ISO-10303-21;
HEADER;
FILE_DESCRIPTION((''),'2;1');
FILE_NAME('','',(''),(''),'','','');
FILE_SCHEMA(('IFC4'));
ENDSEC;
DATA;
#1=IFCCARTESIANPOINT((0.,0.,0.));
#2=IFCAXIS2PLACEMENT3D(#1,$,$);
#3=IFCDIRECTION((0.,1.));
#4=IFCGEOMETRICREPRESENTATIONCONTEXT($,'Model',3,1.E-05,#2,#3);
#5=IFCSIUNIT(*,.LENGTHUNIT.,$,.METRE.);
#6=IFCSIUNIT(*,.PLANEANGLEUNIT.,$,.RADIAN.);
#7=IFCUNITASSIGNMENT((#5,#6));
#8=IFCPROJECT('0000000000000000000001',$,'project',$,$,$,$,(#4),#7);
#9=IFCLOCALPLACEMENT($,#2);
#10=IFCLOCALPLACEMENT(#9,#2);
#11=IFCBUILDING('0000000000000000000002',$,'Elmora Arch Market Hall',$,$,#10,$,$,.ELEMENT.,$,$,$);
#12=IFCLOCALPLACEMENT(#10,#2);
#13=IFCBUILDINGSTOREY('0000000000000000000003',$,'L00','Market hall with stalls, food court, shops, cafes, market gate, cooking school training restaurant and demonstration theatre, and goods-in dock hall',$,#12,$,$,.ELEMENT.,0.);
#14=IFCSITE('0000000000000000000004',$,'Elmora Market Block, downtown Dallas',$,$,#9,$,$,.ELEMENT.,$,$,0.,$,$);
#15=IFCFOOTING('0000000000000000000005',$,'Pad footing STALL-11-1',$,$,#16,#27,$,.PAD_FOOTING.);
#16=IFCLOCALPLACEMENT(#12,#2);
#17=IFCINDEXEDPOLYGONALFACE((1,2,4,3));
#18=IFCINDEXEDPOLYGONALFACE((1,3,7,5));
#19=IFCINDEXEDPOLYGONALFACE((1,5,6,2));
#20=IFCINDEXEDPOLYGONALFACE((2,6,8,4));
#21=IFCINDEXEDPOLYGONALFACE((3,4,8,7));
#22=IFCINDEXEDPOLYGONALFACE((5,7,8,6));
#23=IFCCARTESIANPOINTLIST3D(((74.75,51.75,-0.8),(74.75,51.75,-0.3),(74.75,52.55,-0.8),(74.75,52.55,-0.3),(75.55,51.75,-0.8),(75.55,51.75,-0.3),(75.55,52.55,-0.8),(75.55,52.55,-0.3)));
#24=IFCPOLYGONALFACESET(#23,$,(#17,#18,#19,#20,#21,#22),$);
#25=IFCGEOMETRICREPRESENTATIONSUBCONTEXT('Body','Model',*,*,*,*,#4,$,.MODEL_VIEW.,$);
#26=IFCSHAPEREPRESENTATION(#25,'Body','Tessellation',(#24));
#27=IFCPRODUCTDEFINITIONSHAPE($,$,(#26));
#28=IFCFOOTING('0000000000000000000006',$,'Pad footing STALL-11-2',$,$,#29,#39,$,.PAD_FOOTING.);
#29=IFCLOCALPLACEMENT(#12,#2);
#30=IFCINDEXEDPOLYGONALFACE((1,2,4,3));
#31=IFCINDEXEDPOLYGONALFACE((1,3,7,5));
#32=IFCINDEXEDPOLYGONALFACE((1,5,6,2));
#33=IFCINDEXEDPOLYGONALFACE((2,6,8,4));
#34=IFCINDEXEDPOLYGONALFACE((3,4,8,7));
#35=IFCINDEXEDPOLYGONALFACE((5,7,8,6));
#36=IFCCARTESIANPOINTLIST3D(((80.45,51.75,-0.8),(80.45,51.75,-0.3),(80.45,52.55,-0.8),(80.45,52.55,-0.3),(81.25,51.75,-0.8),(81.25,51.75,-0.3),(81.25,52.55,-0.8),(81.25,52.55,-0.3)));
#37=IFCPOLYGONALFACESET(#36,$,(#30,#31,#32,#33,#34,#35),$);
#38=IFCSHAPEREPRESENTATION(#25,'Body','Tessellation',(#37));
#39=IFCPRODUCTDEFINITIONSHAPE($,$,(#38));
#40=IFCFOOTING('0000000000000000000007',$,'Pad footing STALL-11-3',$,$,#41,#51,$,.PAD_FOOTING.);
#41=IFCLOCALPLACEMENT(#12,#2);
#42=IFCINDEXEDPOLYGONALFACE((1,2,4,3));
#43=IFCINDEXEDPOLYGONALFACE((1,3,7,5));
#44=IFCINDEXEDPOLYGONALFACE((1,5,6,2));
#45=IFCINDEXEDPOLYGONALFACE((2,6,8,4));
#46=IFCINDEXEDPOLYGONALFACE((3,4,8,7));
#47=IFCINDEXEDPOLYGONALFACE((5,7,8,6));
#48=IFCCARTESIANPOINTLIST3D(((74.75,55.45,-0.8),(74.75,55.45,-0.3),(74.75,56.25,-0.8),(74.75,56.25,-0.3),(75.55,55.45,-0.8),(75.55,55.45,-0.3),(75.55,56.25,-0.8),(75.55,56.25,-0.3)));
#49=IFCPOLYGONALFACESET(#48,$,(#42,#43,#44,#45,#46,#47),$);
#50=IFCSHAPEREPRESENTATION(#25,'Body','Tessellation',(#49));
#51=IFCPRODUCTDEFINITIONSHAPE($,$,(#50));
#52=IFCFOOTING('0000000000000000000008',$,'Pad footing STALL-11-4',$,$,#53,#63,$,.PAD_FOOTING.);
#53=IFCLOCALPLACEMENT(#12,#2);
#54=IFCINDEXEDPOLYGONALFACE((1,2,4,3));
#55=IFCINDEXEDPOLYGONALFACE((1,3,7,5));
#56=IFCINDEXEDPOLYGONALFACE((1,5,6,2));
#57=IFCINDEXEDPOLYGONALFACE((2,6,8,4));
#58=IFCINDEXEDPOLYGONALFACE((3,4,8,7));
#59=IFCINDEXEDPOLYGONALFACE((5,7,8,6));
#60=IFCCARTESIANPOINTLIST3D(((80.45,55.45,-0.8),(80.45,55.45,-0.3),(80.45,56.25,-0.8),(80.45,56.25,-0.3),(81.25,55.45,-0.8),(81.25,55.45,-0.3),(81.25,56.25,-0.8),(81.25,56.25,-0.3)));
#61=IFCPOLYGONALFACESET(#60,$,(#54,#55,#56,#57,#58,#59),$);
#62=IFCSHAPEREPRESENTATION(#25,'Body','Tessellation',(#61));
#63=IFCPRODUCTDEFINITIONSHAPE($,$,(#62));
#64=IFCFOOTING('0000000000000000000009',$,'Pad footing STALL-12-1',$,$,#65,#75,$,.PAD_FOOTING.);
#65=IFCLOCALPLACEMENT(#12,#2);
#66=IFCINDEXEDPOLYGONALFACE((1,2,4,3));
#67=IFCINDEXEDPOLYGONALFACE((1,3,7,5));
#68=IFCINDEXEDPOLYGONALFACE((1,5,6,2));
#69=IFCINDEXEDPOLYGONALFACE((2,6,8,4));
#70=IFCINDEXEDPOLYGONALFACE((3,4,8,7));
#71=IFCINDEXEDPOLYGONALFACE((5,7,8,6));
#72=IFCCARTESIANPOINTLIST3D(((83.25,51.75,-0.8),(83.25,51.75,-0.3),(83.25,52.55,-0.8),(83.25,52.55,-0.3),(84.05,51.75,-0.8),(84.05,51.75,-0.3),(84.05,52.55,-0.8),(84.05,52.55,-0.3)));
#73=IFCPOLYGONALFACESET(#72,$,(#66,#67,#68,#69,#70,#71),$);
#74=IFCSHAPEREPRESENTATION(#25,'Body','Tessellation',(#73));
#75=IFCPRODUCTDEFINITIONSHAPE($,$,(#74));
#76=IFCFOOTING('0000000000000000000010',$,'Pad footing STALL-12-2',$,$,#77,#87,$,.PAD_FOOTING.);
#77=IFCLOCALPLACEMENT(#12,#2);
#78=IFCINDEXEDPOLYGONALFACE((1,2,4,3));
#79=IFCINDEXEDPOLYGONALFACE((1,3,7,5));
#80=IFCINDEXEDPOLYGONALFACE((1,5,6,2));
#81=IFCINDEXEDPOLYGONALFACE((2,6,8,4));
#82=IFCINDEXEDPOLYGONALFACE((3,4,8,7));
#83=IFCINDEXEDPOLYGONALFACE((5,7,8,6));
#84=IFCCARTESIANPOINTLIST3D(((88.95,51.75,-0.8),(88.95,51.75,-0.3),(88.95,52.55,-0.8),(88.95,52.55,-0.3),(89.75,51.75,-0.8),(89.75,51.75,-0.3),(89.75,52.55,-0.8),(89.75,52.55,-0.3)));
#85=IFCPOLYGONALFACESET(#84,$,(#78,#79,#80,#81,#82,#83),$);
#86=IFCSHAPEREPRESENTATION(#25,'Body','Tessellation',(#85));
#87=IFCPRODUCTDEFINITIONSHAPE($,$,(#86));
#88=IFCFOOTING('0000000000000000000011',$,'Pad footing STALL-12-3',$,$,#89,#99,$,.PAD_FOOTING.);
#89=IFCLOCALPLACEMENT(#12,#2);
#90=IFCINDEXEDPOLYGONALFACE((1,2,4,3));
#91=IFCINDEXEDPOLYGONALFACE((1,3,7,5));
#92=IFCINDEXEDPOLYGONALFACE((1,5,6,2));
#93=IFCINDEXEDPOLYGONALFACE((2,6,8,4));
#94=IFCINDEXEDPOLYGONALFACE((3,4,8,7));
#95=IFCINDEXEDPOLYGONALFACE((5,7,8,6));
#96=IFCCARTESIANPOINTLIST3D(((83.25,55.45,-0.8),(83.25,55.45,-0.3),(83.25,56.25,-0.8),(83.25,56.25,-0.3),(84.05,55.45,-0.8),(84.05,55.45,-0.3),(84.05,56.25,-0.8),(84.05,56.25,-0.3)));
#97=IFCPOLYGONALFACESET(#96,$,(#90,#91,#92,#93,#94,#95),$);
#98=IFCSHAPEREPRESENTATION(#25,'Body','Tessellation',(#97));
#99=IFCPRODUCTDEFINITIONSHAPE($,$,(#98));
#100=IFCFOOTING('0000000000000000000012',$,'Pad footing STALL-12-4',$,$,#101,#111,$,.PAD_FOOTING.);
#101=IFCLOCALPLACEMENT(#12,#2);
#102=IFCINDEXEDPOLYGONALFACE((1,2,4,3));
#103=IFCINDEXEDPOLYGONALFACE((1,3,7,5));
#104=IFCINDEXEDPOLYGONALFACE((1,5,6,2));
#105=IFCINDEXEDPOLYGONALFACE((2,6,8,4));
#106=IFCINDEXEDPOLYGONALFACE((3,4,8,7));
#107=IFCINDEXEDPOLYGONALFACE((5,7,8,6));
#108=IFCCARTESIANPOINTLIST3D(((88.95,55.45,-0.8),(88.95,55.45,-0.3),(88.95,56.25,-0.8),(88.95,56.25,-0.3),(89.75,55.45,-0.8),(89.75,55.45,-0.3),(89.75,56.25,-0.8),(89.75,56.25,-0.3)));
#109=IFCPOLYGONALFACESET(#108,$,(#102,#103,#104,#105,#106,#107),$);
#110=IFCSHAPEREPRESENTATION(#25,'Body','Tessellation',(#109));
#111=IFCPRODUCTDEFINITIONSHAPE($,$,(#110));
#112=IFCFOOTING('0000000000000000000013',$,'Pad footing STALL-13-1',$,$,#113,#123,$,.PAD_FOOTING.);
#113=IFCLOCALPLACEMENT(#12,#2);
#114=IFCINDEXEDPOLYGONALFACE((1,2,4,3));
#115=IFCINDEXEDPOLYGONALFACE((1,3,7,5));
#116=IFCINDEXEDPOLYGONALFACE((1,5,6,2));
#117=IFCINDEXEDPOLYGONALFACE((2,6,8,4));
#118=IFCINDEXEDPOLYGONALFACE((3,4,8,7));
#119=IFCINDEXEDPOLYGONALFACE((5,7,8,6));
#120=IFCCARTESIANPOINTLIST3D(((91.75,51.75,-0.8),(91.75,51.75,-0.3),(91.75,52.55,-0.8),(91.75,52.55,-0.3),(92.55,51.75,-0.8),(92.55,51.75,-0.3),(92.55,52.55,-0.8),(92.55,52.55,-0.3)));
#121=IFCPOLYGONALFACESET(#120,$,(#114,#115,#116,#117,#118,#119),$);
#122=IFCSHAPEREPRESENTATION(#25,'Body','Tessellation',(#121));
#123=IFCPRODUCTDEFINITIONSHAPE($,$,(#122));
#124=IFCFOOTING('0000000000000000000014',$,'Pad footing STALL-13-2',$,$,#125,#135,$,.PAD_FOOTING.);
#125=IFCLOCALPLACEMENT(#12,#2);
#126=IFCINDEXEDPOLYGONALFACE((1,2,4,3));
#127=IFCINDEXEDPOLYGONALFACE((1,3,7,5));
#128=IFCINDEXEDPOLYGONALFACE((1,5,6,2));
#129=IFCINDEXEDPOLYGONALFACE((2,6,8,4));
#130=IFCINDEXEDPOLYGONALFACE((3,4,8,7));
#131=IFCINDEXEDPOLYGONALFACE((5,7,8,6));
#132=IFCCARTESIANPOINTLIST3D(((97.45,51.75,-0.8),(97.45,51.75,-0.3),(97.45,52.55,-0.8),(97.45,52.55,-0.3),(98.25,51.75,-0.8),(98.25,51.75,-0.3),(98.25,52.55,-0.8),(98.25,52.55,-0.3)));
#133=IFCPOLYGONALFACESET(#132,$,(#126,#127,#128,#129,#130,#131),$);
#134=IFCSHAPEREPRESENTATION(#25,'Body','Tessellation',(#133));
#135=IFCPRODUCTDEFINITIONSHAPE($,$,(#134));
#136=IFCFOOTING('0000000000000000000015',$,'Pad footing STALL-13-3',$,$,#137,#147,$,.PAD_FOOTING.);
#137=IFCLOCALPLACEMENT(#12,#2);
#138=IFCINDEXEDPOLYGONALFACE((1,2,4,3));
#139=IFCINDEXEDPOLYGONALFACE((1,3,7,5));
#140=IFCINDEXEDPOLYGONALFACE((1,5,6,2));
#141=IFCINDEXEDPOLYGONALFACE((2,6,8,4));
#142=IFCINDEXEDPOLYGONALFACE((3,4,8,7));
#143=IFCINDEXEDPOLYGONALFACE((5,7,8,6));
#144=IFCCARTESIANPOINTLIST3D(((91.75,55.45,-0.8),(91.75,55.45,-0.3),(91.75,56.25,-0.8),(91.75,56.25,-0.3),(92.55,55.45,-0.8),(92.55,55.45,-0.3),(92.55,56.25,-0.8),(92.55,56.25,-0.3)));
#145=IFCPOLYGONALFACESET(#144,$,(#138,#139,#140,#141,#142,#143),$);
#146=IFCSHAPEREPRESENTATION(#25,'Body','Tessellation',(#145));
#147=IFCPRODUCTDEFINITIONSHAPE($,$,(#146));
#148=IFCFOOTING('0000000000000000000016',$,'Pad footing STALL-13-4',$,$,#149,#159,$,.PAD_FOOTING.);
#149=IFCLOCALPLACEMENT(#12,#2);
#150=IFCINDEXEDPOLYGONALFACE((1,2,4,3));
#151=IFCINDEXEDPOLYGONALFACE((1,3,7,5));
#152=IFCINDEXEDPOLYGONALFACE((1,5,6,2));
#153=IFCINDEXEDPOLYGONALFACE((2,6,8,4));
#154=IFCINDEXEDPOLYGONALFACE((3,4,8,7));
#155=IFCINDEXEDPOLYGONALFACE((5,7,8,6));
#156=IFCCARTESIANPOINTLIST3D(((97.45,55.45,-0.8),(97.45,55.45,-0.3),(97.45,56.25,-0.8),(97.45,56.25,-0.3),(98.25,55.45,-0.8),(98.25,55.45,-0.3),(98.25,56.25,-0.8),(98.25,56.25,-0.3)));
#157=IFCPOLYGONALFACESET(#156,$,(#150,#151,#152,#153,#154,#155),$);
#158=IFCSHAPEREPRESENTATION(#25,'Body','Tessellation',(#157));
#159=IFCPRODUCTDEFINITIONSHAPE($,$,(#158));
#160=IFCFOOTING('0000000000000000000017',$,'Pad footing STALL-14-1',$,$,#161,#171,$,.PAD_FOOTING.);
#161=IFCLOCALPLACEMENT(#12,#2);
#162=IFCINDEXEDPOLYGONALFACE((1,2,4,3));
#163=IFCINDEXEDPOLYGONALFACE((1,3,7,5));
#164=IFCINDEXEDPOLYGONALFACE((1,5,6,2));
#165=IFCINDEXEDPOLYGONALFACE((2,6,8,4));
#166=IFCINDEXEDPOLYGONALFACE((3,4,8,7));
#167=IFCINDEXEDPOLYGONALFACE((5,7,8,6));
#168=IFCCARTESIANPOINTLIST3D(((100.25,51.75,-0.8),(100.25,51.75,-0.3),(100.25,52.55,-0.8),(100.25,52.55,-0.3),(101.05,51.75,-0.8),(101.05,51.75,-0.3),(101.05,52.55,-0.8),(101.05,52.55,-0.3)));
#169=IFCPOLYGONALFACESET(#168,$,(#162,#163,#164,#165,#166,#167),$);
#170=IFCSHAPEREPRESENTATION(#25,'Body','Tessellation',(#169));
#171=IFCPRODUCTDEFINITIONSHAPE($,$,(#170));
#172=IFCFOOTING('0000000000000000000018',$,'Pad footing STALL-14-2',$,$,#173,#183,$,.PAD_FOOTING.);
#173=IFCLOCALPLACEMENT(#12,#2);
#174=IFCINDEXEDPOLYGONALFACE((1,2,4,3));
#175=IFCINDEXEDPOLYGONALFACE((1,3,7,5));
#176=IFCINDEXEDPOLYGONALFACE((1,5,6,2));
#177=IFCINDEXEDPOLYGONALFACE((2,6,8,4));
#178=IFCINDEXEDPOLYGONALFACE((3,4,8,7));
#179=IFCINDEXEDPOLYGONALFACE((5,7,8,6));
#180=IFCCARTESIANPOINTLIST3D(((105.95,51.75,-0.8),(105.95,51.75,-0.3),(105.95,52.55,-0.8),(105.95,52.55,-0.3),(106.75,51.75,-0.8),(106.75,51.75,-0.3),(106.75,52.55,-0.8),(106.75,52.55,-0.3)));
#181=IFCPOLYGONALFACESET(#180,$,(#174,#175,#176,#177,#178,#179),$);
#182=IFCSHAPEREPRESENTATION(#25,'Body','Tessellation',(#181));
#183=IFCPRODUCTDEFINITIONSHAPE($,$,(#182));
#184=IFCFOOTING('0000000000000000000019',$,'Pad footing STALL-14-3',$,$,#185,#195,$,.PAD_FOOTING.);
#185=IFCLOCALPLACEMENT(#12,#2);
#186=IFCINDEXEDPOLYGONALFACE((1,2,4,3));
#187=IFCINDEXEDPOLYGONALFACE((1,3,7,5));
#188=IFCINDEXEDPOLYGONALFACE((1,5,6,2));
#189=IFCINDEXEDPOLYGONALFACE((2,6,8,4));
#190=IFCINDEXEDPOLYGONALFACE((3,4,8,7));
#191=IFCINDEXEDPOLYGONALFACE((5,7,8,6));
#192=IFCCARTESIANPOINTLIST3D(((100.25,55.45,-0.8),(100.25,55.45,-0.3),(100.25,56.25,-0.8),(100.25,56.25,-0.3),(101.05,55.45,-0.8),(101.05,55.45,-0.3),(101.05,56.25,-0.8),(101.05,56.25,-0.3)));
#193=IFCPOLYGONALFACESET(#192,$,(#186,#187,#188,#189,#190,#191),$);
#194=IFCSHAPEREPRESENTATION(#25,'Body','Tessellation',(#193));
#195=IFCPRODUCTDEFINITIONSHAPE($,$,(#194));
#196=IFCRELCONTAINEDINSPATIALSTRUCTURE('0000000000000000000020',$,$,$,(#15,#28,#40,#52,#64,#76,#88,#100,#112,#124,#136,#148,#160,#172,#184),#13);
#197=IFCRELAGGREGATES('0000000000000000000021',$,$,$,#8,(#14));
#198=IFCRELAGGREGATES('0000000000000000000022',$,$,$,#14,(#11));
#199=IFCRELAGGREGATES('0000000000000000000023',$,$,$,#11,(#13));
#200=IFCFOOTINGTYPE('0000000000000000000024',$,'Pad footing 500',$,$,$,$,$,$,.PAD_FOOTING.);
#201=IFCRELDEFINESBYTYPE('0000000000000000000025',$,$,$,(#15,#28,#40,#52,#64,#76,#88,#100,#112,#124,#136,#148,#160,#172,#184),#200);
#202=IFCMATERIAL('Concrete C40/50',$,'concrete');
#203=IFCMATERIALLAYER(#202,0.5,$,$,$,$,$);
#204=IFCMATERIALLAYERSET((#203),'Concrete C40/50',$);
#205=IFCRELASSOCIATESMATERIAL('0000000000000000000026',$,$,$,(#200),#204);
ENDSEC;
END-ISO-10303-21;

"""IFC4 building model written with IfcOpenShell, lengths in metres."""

from ifc_helpers import new_model, si_unit, direction, frame, origin, place, context, subcontext, project, spatial, polyline, outline, extrude, material, layer, layer_set, type_object, element, save


model = new_model("IFC4")

# Units and contexts
model_context = context("Model", 3, precision=1e-05, world=origin(), true_north=direction((0.0, 1.0)))
body_context = subcontext(model_context, "Body", "Model", "MODEL_VIEW")
ifc_project = project(units=[si_unit("LENGTHUNIT", "METRE"), si_unit("PLANEANGLEUNIT", "RADIAN")], contexts=[model_context])

# Site, building, storey
site_placement = place(None, origin())
site = spatial("IfcSite", under=ifc_project, at=site_placement, Name="Elmora Market Block, downtown Dallas", CompositionType="ELEMENT", RefElevation=0.0)
building_placement = place(site_placement, origin())
building = spatial("IfcBuilding", under=site, at=building_placement, Name="Elmora Arch Market Hall", CompositionType="ELEMENT")
storey_placement = place(building_placement, origin())
storey = spatial("IfcBuildingStorey", under=building, at=storey_placement, Name="L00", Description="Market hall with stalls, food court, shops, cafes, market gate, cooking school training restaurant and demonstration theatre, and goods-in dock hall", CompositionType="ELEMENT", Elevation=0.0)

# Footings
ifc_material_1 = material(Name="Concrete C40/50", Category="concrete")
ifc_layer_1 = layer(ifc_material_1, 0.5)
ifc_layer_set_1 = layer_set([ifc_layer_1], Name="Concrete C40/50")
footing_type_1 = type_object("IfcFootingType", Name="Pad footing 500", PredefinedType="PAD_FOOTING", material=ifc_layer_set_1)
footing_1_placement = place(storey_placement, frame((0.0, 0.0, -0.8)))
element("IfcFooting", 1, at=footing_1_placement, inside=storey, type_object=footing_type_1, Name="Pad footing STALL-11-1", PredefinedType="PAD_FOOTING", context=body_context, shape_type="SweptSolid", body=[
    extrude(outline(polyline([(74.75, 51.75), (75.55, 51.75), (75.55, 52.55), (74.75, 52.55), (74.75, 51.75)])), origin(), (0.0, 0.0, 1.0), 0.5),
])
footing_2_placement = place(storey_placement, frame((0.0, 0.0, -0.8)))
element("IfcFooting", 2, at=footing_2_placement, inside=storey, type_object=footing_type_1, Name="Pad footing STALL-11-2", PredefinedType="PAD_FOOTING", context=body_context, shape_type="SweptSolid", body=[
    extrude(outline(polyline([(80.45, 51.75), (81.25, 51.75), (81.25, 52.55), (80.45, 52.55), (80.45, 51.75)])), origin(), (0.0, 0.0, 1.0), 0.5),
])
footing_3_placement = place(storey_placement, frame((0.0, 0.0, -0.8)))
element("IfcFooting", 3, at=footing_3_placement, inside=storey, type_object=footing_type_1, Name="Pad footing STALL-11-3", PredefinedType="PAD_FOOTING", context=body_context, shape_type="SweptSolid", body=[
    extrude(outline(polyline([(74.75, 55.45), (75.55, 55.45), (75.55, 56.25), (74.75, 56.25), (74.75, 55.45)])), origin(), (0.0, 0.0, 1.0), 0.5),
])
footing_4_placement = place(storey_placement, frame((0.0, 0.0, -0.8)))
element("IfcFooting", 4, at=footing_4_placement, inside=storey, type_object=footing_type_1, Name="Pad footing STALL-11-4", PredefinedType="PAD_FOOTING", context=body_context, shape_type="SweptSolid", body=[
    extrude(outline(polyline([(80.45, 55.45), (81.25, 55.45), (81.25, 56.25), (80.45, 56.25), (80.45, 55.45)])), origin(), (0.0, 0.0, 1.0), 0.5),
])
footing_5_placement = place(storey_placement, frame((0.0, 0.0, -0.8)))
element("IfcFooting", 5, at=footing_5_placement, inside=storey, type_object=footing_type_1, Name="Pad footing STALL-12-1", PredefinedType="PAD_FOOTING", context=body_context, shape_type="SweptSolid", body=[
    extrude(outline(polyline([(83.25, 51.75), (84.05, 51.75), (84.05, 52.55), (83.25, 52.55), (83.25, 51.75)])), origin(), (0.0, 0.0, 1.0), 0.5),
])
footing_6_placement = place(storey_placement, frame((0.0, 0.0, -0.8)))
element("IfcFooting", 6, at=footing_6_placement, inside=storey, type_object=footing_type_1, Name="Pad footing STALL-12-2", PredefinedType="PAD_FOOTING", context=body_context, shape_type="SweptSolid", body=[
    extrude(outline(polyline([(88.95, 51.75), (89.75, 51.75), (89.75, 52.55), (88.95, 52.55), (88.95, 51.75)])), origin(), (0.0, 0.0, 1.0), 0.5),
])
footing_7_placement = place(storey_placement, frame((0.0, 0.0, -0.8)))
element("IfcFooting", 7, at=footing_7_placement, inside=storey, type_object=footing_type_1, Name="Pad footing STALL-12-3", PredefinedType="PAD_FOOTING", context=body_context, shape_type="SweptSolid", body=[
    extrude(outline(polyline([(83.25, 55.45), (84.05, 55.45), (84.05, 56.25), (83.25, 56.25), (83.25, 55.45)])), origin(), (0.0, 0.0, 1.0), 0.5),
])
footing_8_placement = place(storey_placement, frame((0.0, 0.0, -0.8)))
element("IfcFooting", 8, at=footing_8_placement, inside=storey, type_object=footing_type_1, Name="Pad footing STALL-12-4", PredefinedType="PAD_FOOTING", context=body_context, shape_type="SweptSolid", body=[
    extrude(outline(polyline([(88.95, 55.45), (89.75, 55.45), (89.75, 56.25), (88.95, 56.25), (88.95, 55.45)])), origin(), (0.0, 0.0, 1.0), 0.5),
])
footing_9_placement = place(storey_placement, frame((0.0, 0.0, -0.8)))
element("IfcFooting", 9, at=footing_9_placement, inside=storey, type_object=footing_type_1, Name="Pad footing STALL-13-1", PredefinedType="PAD_FOOTING", context=body_context, shape_type="SweptSolid", body=[
    extrude(outline(polyline([(91.75, 51.75), (92.55, 51.75), (92.55, 52.55), (91.75, 52.55), (91.75, 51.75)])), origin(), (0.0, 0.0, 1.0), 0.5),
])
footing_10_placement = place(storey_placement, frame((0.0, 0.0, -0.8)))
element("IfcFooting", 10, at=footing_10_placement, inside=storey, type_object=footing_type_1, Name="Pad footing STALL-13-2", PredefinedType="PAD_FOOTING", context=body_context, shape_type="SweptSolid", body=[
    extrude(outline(polyline([(97.45, 51.75), (98.25, 51.75), (98.25, 52.55), (97.45, 52.55), (97.45, 51.75)])), origin(), (0.0, 0.0, 1.0), 0.5),
])
footing_11_placement = place(storey_placement, frame((0.0, 0.0, -0.8)))
element("IfcFooting", 11, at=footing_11_placement, inside=storey, type_object=footing_type_1, Name="Pad footing STALL-13-3", PredefinedType="PAD_FOOTING", context=body_context, shape_type="SweptSolid", body=[
    extrude(outline(polyline([(91.75, 55.45), (92.55, 55.45), (92.55, 56.25), (91.75, 56.25), (91.75, 55.45)])), origin(), (0.0, 0.0, 1.0), 0.5),
])
footing_12_placement = place(storey_placement, frame((0.0, 0.0, -0.8)))
element("IfcFooting", 12, at=footing_12_placement, inside=storey, type_object=footing_type_1, Name="Pad footing STALL-13-4", PredefinedType="PAD_FOOTING", context=body_context, shape_type="SweptSolid", body=[
    extrude(outline(polyline([(97.45, 55.45), (98.25, 55.45), (98.25, 56.25), (97.45, 56.25), (97.45, 55.45)])), origin(), (0.0, 0.0, 1.0), 0.5),
])
footing_13_placement = place(storey_placement, frame((0.0, 0.0, -0.8)))
element("IfcFooting", 13, at=footing_13_placement, inside=storey, type_object=footing_type_1, Name="Pad footing STALL-14-1", PredefinedType="PAD_FOOTING", context=body_context, shape_type="SweptSolid", body=[
    extrude(outline(polyline([(100.25, 51.75), (101.05, 51.75), (101.05, 52.55), (100.25, 52.55), (100.25, 51.75)])), origin(), (0.0, 0.0, 1.0), 0.5),
])
footing_14_placement = place(storey_placement, frame((0.0, 0.0, -0.8)))
element("IfcFooting", 14, at=footing_14_placement, inside=storey, type_object=footing_type_1, Name="Pad footing STALL-14-2", PredefinedType="PAD_FOOTING", context=body_context, shape_type="SweptSolid", body=[
    extrude(outline(polyline([(105.95, 51.75), (106.75, 51.75), (106.75, 52.55), (105.95, 52.55), (105.95, 51.75)])), origin(), (0.0, 0.0, 1.0), 0.5),
])
footing_15_placement = place(storey_placement, frame((0.0, 0.0, -0.8)))
element("IfcFooting", 15, at=footing_15_placement, inside=storey, type_object=footing_type_1, Name="Pad footing STALL-14-3", PredefinedType="PAD_FOOTING", context=body_context, shape_type="SweptSolid", body=[
    extrude(outline(polyline([(100.25, 55.45), (101.05, 55.45), (101.05, 56.25), (100.25, 56.25), (100.25, 55.45)])), origin(), (0.0, 0.0, 1.0), 0.5),
])

save(model, "model.ifc")
